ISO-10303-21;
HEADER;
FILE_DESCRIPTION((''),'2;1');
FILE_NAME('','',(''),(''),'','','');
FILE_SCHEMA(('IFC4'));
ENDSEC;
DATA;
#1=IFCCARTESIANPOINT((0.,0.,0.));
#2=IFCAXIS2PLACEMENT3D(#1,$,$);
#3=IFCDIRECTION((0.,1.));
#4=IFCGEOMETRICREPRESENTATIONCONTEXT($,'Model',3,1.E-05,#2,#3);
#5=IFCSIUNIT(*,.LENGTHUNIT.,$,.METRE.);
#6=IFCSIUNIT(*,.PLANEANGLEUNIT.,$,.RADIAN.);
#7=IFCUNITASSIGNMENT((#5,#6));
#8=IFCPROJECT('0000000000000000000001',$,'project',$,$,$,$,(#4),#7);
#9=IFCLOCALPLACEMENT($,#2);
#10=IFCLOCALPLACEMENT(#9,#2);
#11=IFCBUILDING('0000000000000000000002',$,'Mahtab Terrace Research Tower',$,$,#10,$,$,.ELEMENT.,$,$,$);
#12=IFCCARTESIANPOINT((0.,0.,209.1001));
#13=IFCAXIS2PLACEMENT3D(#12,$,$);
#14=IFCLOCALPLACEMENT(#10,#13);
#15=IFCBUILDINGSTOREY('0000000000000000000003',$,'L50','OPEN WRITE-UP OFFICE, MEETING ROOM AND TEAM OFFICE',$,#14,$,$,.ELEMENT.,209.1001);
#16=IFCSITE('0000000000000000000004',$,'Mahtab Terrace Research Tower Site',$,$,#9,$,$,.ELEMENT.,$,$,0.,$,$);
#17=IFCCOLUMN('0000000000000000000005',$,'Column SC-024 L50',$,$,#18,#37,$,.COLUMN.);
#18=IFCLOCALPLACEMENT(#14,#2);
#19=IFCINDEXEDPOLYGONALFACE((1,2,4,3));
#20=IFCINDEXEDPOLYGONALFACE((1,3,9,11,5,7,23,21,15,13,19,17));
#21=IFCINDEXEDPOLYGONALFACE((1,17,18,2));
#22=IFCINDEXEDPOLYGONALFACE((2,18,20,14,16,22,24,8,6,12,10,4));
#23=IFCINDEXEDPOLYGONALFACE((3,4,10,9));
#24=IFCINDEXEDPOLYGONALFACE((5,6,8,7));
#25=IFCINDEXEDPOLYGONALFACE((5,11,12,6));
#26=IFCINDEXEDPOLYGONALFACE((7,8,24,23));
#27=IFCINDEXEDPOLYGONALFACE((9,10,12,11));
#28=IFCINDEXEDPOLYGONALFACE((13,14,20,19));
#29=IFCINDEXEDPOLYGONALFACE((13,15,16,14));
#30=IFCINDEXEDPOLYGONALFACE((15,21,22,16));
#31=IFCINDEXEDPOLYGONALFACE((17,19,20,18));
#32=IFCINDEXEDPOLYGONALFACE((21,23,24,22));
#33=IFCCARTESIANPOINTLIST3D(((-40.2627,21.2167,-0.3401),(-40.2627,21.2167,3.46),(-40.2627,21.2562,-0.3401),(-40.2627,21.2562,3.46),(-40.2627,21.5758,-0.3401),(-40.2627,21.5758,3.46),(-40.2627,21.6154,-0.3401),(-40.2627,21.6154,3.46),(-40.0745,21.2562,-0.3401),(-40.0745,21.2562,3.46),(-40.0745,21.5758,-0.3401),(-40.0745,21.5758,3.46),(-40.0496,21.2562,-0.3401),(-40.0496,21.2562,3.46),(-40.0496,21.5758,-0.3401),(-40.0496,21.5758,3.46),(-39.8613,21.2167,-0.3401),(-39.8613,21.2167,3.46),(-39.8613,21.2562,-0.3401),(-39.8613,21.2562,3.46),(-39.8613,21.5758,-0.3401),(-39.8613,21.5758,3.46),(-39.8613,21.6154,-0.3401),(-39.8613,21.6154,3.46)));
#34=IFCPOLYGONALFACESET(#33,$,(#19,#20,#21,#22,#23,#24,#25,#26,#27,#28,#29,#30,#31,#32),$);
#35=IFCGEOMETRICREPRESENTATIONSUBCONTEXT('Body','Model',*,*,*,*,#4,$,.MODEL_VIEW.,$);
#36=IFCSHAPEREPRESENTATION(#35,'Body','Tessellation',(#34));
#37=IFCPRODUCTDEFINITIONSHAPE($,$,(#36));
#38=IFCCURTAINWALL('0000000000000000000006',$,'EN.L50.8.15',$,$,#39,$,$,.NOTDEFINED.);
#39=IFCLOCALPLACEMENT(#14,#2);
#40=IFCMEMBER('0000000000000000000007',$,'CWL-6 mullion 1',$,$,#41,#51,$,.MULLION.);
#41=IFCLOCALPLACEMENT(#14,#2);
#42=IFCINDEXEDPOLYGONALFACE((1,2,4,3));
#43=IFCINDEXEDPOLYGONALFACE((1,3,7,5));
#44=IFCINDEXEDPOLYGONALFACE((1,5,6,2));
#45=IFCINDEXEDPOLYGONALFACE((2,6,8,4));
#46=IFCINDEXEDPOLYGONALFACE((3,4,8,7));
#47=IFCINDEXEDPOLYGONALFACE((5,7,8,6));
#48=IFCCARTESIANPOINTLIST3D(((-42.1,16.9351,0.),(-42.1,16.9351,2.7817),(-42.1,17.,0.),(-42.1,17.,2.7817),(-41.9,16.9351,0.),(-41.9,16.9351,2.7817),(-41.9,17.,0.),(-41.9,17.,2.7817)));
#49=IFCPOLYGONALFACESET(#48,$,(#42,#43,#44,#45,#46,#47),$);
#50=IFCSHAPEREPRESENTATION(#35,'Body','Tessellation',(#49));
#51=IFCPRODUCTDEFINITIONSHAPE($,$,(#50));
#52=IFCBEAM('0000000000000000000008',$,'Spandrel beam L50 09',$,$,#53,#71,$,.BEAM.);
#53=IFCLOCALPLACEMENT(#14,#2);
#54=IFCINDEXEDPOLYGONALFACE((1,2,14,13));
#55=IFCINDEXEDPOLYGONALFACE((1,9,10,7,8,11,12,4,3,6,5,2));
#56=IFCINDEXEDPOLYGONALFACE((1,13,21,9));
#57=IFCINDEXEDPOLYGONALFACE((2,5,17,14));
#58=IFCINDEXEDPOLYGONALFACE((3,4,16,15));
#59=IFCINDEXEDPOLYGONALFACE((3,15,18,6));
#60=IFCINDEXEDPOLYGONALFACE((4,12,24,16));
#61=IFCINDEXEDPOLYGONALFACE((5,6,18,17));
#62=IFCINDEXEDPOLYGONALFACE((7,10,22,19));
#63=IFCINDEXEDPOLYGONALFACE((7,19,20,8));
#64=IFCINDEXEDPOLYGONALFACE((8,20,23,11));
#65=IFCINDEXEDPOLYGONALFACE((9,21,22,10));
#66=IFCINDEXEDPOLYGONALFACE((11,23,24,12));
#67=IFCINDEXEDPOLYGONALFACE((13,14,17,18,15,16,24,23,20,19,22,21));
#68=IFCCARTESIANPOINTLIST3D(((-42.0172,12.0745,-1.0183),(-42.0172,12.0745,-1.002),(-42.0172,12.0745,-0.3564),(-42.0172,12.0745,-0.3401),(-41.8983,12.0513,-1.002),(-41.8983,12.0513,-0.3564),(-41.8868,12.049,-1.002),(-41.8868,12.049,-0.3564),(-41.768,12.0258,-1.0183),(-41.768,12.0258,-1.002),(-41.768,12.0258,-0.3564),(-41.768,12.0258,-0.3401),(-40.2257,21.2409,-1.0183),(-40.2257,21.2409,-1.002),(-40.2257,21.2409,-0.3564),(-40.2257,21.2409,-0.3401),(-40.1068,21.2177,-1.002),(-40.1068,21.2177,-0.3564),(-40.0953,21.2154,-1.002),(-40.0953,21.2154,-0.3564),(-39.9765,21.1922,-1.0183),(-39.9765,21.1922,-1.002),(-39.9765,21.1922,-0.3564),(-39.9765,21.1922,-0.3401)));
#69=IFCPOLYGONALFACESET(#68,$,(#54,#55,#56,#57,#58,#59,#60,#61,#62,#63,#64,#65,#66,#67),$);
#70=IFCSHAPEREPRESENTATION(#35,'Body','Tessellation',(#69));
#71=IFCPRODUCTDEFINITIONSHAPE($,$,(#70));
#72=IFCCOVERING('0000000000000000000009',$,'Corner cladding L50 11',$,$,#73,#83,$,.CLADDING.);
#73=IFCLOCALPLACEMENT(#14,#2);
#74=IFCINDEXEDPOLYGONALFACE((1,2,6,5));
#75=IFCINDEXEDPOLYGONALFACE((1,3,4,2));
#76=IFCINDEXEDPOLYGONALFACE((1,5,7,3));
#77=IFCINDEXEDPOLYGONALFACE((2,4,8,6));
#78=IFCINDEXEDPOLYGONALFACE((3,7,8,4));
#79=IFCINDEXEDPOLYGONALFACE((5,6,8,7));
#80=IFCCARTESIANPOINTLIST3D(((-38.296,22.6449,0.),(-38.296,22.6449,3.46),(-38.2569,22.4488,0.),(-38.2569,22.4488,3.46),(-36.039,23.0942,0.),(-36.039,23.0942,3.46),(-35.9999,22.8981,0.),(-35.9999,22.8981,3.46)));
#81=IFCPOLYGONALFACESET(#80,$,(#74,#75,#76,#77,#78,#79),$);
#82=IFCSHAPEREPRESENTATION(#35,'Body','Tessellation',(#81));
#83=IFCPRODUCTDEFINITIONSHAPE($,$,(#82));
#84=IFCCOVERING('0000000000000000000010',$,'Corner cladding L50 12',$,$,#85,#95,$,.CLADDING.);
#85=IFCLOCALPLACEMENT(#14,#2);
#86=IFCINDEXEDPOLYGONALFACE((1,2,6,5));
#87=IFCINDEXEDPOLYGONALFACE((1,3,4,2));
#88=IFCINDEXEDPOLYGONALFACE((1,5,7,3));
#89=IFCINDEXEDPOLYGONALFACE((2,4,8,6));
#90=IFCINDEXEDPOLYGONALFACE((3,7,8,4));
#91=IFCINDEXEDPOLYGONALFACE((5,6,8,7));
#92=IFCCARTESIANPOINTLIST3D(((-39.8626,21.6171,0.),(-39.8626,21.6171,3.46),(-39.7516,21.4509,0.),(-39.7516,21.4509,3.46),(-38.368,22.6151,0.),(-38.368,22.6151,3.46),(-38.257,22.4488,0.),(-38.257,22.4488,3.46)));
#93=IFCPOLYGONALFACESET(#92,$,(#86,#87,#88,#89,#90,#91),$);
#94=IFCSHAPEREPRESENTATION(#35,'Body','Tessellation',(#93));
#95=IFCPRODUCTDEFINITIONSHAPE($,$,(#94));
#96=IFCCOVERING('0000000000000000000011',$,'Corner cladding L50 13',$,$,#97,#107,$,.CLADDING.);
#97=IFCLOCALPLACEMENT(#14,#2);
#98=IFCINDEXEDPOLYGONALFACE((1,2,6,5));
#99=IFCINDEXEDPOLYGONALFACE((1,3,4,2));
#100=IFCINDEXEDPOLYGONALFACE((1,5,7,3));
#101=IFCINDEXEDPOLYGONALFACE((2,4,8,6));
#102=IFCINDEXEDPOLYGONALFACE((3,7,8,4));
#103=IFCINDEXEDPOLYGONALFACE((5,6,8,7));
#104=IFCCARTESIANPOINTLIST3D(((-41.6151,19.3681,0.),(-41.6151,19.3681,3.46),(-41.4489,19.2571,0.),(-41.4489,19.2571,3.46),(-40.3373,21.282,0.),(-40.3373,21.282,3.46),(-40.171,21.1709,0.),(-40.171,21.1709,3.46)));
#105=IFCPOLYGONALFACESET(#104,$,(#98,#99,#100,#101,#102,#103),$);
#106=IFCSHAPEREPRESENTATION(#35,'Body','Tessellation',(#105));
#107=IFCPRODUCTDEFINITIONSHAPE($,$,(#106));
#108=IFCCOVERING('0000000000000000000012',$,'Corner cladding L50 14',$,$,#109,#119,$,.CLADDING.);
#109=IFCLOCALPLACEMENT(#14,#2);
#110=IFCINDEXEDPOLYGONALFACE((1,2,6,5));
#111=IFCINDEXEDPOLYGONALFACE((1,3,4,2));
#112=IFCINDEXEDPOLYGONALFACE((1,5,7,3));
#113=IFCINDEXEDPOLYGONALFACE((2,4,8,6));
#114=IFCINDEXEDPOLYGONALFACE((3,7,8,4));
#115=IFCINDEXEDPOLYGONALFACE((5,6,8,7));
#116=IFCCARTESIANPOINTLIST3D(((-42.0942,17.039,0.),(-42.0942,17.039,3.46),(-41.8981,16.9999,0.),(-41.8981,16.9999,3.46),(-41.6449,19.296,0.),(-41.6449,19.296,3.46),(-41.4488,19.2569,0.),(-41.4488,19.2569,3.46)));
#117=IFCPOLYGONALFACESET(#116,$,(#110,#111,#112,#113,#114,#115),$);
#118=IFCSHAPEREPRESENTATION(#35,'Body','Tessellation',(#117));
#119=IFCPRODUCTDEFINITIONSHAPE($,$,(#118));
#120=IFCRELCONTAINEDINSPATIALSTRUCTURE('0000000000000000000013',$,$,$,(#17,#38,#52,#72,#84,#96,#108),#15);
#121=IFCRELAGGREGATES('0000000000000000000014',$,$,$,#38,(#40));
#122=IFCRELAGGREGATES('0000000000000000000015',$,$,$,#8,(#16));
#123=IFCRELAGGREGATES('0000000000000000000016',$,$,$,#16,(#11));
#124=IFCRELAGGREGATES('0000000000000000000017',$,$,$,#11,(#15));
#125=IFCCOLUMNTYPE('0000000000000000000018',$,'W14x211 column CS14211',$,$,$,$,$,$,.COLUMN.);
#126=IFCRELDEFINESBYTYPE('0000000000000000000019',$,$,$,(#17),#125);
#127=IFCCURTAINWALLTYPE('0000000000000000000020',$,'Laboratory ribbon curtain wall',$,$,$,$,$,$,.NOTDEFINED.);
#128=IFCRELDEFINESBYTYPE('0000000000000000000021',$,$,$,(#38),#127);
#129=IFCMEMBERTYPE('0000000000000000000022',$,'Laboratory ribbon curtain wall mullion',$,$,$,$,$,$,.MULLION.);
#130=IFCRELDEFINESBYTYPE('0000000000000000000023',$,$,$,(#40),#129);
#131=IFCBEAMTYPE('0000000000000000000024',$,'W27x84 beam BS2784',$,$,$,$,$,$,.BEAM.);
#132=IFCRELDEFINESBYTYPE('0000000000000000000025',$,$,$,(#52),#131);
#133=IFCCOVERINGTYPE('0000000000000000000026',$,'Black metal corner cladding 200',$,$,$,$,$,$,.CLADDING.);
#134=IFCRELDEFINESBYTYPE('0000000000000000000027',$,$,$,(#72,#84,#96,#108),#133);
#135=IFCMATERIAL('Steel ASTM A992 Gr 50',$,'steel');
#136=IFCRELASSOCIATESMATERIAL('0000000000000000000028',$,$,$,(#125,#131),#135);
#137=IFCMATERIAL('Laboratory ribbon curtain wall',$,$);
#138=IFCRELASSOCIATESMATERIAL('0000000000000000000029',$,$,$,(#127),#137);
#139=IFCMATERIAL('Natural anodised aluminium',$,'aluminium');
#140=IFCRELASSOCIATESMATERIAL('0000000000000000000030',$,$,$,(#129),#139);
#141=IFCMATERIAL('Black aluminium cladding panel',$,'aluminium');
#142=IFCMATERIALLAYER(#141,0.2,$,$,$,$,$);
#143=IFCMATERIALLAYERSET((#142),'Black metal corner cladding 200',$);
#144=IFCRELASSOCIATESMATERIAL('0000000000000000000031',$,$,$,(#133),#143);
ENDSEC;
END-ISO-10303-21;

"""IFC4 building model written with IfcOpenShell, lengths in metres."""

from ifc_helpers import new_model, si_unit, direction, frame, origin, origin_2d, place, context, subcontext, project, spatial, rectangle, i_section, extrude, material, layer, layer_set, material_profile, profile_set, type_object, element, aggregate, save


model = new_model("IFC4")

# Units and contexts
model_context = context("Model", 3, precision=1e-05, world=origin(), true_north=direction((0.0, 1.0)))
body_context = subcontext(model_context, "Body", "Model", "MODEL_VIEW")
ifc_project = project(units=[si_unit("LENGTHUNIT", "METRE"), si_unit("PLANEANGLEUNIT", "RADIAN")], contexts=[model_context])

# Site, building, storey
site_placement = place(None, origin())
site = spatial("IfcSite", under=ifc_project, at=site_placement, Name="Mahtab Terrace Research Tower Site", CompositionType="ELEMENT", RefElevation=0.0)
building_placement = place(site_placement, origin())
building = spatial("IfcBuilding", under=site, at=building_placement, Name="Mahtab Terrace Research Tower", CompositionType="ELEMENT")
storey_placement = place(building_placement, frame((0.0, 0.0, 209.1001)))
storey = spatial("IfcBuildingStorey", under=building, at=storey_placement, Name="L50", Description="OPEN WRITE-UP OFFICE, MEETING ROOM AND TEAM OFFICE", CompositionType="ELEMENT", Elevation=209.1001)

# Column
ifc_material_1 = material(Name="Steel ASTM A992 Gr 50", Category="steel")
ifc_material_profile_1 = material_profile(ifc_material_1, i_section(OverallWidth=0.4014, OverallDepth=0.3987, WebThickness=0.0249, FlangeThickness=0.0396, at=origin_2d()), Name="W14X211")
ifc_profile_set_1 = profile_set([ifc_material_profile_1], Name="Steel ASTM A992 Gr 50")
column_type = type_object("IfcColumnType", Name="W14x211 column CS14211", PredefinedType="COLUMN", material=ifc_profile_set_1)
column_placement = place(storey_placement, frame((-40.062, 21.416, -0.3401), z_axis=(0.0, 0.0, 1.0), x_axis=(1.0, 0.0, 0.0)))
element("IfcColumn", 1, at=column_placement, inside=storey, type_object=column_type, Name="Column SC-024 L50", PredefinedType="COLUMN", context=body_context, shape_type="SweptSolid", body=[
    extrude(i_section(OverallWidth=0.4014, OverallDepth=0.3987, WebThickness=0.0249, FlangeThickness=0.0396, at=origin_2d()), origin(), (0.0, 0.0, 1.0), 3.8),
])

# Curtain wall, member
ifc_material_2 = material(Name="Laboratory ribbon curtain wall")
curtain_wall_type = type_object("IfcCurtainWallType", Name="Laboratory ribbon curtain wall", PredefinedType="NOTDEFINED", material=ifc_material_2)
curtain_wall_placement = place(storey_placement, origin())
curtain_wall = element("IfcCurtainWall", 2, at=curtain_wall_placement, inside=storey, type_object=curtain_wall_type, Name="EN.L50.8.15", PredefinedType="NOTDEFINED")
ifc_material_3 = material(Name="Natural anodised aluminium", Category="aluminium")
ifc_material_profile_2 = material_profile(ifc_material_3, rectangle(XDim=0.2, YDim=0.0649, at=origin_2d()), Name="MULLION 65x200")
ifc_profile_set_2 = profile_set([ifc_material_profile_2], Name="Natural anodised aluminium")
member_type = type_object("IfcMemberType", Name="Laboratory ribbon curtain wall mullion", PredefinedType="MULLION", material=ifc_profile_set_2)
member_placement = place(storey_placement, frame((-42.0, 16.9675, 0.0), z_axis=(0.0, 0.0, 1.0), x_axis=(1.0, 0.0, 0.0)))
member = element("IfcMember", 3, at=member_placement, type_object=member_type, Name="CWL-6 mullion 1", PredefinedType="MULLION", context=body_context, shape_type="SweptSolid", body=[
    extrude(rectangle(XDim=0.2, YDim=0.0649, at=origin_2d()), origin(), (0.0, 0.0, 1.0), 2.7817),
])
aggregate(curtain_wall, [member])

# Beam
ifc_material_profile_3 = material_profile(ifc_material_1, i_section(OverallWidth=0.2539, OverallDepth=0.6782, WebThickness=0.0117, FlangeThickness=0.0164, at=origin_2d()), Name="W27X84")
ifc_profile_set_3 = profile_set([ifc_material_profile_3], Name="Steel ASTM A992 Gr 50")
beam_type = type_object("IfcBeamType", Name="W27x84 beam BS2784", PredefinedType="BEAM", material=ifc_profile_set_3)
beam_placement = place(storey_placement, frame((-40.1011, 21.2166, -0.6792), z_axis=(-0.191811, -0.981432, 0.0), x_axis=(0.981432, -0.191811, 0.0)))
element("IfcBeam", 4, at=beam_placement, inside=storey, type_object=beam_type, Name="Spandrel beam L50 09", PredefinedType="BEAM", context=body_context, shape_type="SweptSolid", body=[
    extrude(i_section(OverallWidth=0.2539, OverallDepth=0.6782, WebThickness=0.0117, FlangeThickness=0.0164, at=origin_2d()), origin(), (0.0, 0.0, 1.0), 9.3398),
])

# Coverings
ifc_material_4 = material(Name="Black aluminium cladding panel", Category="aluminium")
ifc_layer_1 = layer(ifc_material_4, 0.2)
ifc_layer_set_1 = layer_set([ifc_layer_1], Name="Black metal corner cladding 200")
covering_type = type_object("IfcCoveringType", Name="Black metal corner cladding 200", PredefinedType="CLADDING", material=ifc_layer_set_1)
covering_1_placement = place(storey_placement, frame((-37.1479, 22.7715, 0.0), z_axis=(0.0, 0.0, 1.0), x_axis=(-0.980761, -0.195212, 0.0)))
element("IfcCovering", 5, at=covering_1_placement, inside=storey, type_object=covering_type, Name="Corner cladding L50 11", PredefinedType="CLADDING", context=body_context, shape_type="SweptSolid", body=[
    extrude(rectangle(XDim=2.3013, YDim=0.2, at=origin_2d()), origin(), (0.0, 0.0, 1.0), 3.46),
])
covering_2_placement = place(storey_placement, frame((-39.0598, 22.033, 0.0), z_axis=(0.0, 0.0, 1.0), x_axis=(-0.831656, -0.555291, 0.0)))
element("IfcCovering", 6, at=covering_2_placement, inside=storey, type_object=covering_type, Name="Corner cladding L50 12", PredefinedType="CLADDING", context=body_context, shape_type="SweptSolid", body=[
    extrude(rectangle(XDim=1.7971, YDim=0.2, at=origin_2d()), origin(), (0.0, 0.0, 1.0), 3.46),
])
for number, where, z_axis, x_axis, name in (
    (7, (-40.8931, 20.2695, 0.0), (0.0, 0.0, 1.0), (-0.555291, -0.831656, 0.0), "Corner cladding L50 13"),
    (8, (-41.7715, 18.1479, 0.0), (0.0, 0.0, 1.0), (-0.195212, -0.980761, 0.0), "Corner cladding L50 14"),
):
    element("IfcCovering", number, at=place(storey_placement, frame(where, z_axis=z_axis, x_axis=x_axis)), inside=storey, type_object=covering_type, Name=name, PredefinedType="CLADDING", context=body_context, shape_type="SweptSolid", body=[
        extrude(rectangle(XDim=2.3013, YDim=0.2, at=origin_2d()), origin(), (0.0, 0.0, 1.0), 3.46),
    ])

save(model, "model.ifc")
